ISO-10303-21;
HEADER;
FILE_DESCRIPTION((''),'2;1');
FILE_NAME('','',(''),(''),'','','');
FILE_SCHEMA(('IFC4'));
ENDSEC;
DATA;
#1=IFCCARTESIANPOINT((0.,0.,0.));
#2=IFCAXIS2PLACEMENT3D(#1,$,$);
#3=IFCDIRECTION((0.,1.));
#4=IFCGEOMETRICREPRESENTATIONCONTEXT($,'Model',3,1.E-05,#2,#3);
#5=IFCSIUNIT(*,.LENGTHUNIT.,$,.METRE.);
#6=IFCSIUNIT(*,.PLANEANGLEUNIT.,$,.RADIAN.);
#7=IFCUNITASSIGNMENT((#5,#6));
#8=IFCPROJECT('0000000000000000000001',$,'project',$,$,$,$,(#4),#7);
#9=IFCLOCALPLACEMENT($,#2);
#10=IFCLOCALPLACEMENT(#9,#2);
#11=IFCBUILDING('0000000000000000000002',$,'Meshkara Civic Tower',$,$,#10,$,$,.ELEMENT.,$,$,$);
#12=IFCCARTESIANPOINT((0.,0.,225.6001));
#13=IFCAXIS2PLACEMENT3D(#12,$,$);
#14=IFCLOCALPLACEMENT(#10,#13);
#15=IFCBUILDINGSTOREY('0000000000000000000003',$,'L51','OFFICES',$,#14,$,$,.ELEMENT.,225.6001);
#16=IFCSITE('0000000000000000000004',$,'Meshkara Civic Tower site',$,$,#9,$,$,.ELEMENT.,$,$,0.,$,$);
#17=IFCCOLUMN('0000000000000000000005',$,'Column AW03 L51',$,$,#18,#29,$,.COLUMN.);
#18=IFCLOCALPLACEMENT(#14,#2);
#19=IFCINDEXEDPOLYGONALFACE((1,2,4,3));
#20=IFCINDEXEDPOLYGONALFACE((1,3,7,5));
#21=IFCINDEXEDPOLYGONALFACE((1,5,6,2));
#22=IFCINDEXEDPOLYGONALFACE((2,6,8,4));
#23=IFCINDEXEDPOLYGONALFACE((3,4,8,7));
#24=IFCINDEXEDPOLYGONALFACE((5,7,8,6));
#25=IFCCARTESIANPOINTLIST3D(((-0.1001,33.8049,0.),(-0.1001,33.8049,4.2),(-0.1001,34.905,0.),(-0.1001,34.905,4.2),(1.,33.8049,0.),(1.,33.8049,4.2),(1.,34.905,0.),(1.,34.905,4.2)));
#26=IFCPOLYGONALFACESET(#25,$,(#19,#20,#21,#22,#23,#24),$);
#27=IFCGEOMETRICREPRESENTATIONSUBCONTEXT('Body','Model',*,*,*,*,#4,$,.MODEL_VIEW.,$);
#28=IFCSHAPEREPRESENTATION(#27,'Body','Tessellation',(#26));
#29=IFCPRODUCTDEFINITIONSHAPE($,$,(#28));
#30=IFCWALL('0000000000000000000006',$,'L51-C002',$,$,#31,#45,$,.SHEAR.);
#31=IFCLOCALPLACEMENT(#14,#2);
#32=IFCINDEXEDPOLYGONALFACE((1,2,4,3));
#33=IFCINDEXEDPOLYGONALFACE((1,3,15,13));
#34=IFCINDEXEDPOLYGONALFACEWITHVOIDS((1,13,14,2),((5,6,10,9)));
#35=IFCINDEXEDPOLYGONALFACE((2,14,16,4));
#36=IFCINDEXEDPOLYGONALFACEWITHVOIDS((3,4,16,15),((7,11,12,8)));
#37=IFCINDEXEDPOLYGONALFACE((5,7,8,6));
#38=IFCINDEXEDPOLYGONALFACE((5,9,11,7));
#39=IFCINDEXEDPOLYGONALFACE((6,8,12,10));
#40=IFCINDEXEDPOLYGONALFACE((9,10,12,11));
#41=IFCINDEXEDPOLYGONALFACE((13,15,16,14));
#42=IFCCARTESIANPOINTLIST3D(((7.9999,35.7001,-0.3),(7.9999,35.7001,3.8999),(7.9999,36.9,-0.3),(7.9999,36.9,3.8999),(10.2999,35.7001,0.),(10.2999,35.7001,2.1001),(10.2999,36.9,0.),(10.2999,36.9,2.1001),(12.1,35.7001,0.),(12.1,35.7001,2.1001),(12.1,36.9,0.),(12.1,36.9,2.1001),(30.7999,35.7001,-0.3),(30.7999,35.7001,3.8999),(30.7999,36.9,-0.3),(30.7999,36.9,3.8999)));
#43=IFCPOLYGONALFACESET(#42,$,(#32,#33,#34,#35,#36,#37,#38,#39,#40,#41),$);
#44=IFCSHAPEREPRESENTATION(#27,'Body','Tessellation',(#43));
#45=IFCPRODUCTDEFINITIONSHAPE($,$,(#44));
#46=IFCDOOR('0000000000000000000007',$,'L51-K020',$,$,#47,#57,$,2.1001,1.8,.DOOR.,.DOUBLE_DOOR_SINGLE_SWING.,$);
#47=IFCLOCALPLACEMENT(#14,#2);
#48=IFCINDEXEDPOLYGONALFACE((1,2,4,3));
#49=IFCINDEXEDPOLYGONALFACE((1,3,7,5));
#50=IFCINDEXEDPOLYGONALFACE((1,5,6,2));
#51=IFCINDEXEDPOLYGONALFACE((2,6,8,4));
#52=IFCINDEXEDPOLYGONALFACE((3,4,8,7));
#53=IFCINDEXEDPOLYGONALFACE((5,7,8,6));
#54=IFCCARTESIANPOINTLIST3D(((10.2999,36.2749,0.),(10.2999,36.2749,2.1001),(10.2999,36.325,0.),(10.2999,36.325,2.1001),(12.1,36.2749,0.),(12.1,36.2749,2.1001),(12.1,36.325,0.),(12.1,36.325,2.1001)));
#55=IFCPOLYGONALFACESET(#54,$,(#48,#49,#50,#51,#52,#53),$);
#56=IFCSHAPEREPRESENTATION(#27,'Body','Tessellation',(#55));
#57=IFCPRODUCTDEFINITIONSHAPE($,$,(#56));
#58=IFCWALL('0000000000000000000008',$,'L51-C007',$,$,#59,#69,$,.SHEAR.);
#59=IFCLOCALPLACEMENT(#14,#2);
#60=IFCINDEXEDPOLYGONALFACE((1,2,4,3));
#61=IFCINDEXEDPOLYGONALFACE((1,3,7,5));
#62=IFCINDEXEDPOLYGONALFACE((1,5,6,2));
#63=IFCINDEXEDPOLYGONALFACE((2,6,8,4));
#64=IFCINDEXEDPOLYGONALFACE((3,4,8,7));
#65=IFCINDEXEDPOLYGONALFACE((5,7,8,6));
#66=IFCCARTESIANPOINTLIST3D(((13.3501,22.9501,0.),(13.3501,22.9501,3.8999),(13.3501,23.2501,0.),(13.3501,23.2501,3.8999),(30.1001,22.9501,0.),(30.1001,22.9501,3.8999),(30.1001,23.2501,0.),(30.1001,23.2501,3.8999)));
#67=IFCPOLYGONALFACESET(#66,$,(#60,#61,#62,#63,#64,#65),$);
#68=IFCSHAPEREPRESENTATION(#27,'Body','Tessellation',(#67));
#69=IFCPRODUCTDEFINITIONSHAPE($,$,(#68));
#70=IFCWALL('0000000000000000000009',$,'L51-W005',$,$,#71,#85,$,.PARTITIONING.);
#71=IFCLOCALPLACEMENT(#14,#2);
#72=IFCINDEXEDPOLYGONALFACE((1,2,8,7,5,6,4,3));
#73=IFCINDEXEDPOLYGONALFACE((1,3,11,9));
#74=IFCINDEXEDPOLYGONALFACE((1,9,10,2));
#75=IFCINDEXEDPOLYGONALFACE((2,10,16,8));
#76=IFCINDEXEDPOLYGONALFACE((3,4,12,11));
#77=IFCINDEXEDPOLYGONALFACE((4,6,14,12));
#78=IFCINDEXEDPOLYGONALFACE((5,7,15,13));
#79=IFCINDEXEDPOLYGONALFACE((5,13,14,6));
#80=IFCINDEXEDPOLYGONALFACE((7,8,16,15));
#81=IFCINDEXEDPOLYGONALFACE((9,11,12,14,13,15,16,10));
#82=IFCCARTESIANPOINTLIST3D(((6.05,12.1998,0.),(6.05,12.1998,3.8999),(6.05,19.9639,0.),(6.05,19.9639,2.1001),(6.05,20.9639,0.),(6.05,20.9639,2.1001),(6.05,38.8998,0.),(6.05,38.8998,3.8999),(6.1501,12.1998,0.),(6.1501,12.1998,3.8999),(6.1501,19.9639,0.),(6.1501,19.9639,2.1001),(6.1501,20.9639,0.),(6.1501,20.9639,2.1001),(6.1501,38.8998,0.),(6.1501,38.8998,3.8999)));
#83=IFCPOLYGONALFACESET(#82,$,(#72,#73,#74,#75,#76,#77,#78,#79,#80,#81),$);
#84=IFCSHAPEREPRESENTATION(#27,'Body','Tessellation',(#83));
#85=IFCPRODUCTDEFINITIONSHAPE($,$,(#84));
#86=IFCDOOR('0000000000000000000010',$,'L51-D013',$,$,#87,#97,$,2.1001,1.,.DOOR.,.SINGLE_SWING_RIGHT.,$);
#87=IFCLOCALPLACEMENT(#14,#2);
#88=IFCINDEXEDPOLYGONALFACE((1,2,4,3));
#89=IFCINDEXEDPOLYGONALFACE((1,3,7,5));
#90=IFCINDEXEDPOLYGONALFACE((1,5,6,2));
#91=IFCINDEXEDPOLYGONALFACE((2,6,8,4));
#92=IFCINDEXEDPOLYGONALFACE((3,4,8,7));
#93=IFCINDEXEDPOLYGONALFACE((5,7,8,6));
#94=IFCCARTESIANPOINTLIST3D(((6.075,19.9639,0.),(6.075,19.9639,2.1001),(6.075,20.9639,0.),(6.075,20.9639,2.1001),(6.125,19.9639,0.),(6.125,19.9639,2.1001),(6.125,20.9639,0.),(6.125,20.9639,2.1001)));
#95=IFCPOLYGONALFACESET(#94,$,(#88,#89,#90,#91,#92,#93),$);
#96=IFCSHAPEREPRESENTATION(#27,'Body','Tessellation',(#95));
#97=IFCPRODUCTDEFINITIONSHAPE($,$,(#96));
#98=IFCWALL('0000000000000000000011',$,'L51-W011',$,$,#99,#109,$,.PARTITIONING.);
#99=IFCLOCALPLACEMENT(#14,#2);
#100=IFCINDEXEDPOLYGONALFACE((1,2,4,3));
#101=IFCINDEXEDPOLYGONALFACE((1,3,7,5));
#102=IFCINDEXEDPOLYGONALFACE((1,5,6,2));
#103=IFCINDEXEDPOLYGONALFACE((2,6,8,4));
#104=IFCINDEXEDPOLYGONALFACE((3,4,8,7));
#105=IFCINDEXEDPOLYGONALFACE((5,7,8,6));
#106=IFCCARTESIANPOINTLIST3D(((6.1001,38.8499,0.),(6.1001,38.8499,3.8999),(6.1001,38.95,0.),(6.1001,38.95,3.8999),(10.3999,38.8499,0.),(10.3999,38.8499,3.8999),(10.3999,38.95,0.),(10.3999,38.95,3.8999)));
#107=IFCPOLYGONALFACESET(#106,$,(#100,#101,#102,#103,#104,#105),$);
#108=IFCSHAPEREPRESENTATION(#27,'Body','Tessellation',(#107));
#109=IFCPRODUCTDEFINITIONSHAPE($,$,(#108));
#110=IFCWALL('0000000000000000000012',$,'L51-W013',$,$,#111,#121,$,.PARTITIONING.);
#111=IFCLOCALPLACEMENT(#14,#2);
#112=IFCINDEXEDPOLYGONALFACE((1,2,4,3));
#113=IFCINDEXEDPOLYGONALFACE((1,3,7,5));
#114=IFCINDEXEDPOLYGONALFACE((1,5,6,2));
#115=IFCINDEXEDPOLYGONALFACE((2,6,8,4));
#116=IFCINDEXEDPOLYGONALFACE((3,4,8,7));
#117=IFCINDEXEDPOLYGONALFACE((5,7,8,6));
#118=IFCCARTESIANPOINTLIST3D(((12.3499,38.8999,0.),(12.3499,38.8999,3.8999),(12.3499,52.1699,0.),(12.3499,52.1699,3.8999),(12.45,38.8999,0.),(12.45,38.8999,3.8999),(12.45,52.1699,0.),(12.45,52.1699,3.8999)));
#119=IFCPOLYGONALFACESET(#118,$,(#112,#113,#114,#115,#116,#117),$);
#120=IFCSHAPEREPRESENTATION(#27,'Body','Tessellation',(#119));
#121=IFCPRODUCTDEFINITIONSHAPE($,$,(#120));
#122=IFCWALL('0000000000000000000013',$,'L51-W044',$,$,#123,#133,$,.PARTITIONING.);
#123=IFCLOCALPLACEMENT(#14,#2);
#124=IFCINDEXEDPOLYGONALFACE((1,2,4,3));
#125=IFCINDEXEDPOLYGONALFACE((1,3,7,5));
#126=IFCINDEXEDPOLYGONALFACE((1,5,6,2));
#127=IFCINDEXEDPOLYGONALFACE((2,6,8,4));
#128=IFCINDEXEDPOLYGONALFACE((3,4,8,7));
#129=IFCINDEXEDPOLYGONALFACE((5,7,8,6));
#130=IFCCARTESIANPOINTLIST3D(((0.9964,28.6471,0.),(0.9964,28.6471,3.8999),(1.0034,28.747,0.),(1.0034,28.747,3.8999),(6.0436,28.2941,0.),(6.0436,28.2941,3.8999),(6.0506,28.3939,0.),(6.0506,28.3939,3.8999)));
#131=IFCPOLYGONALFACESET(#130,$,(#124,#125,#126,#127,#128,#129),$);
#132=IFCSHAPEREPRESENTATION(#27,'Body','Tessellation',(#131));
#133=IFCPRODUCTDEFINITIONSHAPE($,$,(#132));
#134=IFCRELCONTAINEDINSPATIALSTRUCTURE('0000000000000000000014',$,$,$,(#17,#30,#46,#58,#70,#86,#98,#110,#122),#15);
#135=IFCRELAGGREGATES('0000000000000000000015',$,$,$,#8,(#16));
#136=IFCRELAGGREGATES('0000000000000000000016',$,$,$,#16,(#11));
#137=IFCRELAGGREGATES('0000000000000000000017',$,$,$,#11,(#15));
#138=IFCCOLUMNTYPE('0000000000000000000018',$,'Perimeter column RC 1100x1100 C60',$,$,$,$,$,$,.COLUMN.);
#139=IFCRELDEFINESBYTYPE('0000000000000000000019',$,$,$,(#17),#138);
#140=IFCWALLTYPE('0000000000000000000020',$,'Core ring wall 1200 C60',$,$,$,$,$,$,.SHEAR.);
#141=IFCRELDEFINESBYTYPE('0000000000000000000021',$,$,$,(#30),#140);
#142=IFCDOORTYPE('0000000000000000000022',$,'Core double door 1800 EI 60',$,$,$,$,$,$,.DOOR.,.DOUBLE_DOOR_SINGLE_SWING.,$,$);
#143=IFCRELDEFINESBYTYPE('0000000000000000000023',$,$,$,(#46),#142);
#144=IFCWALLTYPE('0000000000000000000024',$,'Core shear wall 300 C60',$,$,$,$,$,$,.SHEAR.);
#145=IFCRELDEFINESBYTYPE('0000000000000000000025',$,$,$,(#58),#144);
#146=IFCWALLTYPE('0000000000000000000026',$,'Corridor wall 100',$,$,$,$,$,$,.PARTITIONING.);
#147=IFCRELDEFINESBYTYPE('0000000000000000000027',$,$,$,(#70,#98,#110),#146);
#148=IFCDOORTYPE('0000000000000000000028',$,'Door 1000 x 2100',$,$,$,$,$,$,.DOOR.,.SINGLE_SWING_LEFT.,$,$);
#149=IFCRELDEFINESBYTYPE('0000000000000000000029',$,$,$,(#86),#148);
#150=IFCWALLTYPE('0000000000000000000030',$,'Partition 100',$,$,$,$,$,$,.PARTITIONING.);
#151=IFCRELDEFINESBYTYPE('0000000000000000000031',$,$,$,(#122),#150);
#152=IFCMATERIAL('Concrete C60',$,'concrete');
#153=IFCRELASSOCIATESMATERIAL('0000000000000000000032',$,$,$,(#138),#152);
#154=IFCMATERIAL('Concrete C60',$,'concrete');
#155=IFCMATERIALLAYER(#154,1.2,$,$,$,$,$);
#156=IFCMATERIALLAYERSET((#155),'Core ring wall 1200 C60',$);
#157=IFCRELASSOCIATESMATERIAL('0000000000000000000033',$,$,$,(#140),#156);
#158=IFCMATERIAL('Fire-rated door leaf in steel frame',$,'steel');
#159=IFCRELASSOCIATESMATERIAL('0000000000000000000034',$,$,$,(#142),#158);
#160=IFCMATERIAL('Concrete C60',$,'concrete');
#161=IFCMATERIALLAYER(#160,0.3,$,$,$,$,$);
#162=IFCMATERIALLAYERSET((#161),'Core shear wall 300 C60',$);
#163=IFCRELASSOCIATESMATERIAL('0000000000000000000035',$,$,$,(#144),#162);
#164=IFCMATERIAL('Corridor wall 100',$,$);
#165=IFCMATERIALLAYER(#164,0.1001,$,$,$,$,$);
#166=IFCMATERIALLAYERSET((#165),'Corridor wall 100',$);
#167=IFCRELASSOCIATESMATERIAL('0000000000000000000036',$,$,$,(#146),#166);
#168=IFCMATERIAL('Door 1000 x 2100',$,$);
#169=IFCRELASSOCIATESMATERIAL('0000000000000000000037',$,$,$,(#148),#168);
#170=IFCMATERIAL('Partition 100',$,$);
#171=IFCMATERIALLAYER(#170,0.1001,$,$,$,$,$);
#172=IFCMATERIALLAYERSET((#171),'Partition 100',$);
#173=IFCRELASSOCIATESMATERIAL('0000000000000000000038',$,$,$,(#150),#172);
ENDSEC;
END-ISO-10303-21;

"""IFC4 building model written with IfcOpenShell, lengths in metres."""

from ifc_helpers import new_model, si_unit, direction, frame, frame_2d, origin, origin_2d, place, context, subcontext, project, spatial, rectangle, extrude, material, layer, layer_set, material_profile, profile_set, type_object, element, fill, save


model = new_model("IFC4")

# Units and contexts
model_context = context("Model", 3, precision=1e-05, world=origin(), true_north=direction((0.0, 1.0)))
body_context = subcontext(model_context, "Body", "Model", "MODEL_VIEW")
ifc_project = project(units=[si_unit("LENGTHUNIT", "METRE"), si_unit("PLANEANGLEUNIT", "RADIAN")], contexts=[model_context])

# Site, building, storey
site_placement = place(None, origin())
site = spatial("IfcSite", under=ifc_project, at=site_placement, Name="Meshkara Civic Tower site", CompositionType="ELEMENT", RefElevation=0.0)
building_placement = place(site_placement, origin())
building = spatial("IfcBuilding", under=site, at=building_placement, Name="Meshkara Civic Tower", CompositionType="ELEMENT")
storey_placement = place(building_placement, frame((0.0, 0.0, 225.6001)))
storey = spatial("IfcBuildingStorey", under=building, at=storey_placement, Name="L51", Description="OFFICES", CompositionType="ELEMENT", Elevation=225.6001)

# Column
ifc_material_1 = material(Name="Concrete C60", Category="concrete")
ifc_material_profile = material_profile(ifc_material_1, rectangle(XDim=1.1001, YDim=1.1001, at=origin_2d()))
ifc_profile_set = profile_set([ifc_material_profile], Name="Concrete C60")
column_type = type_object("IfcColumnType", Name="Perimeter column RC 1100x1100 C60", PredefinedType="COLUMN", material=ifc_profile_set)
column_placement = place(storey_placement, frame((0.45, 34.355, 0.0), z_axis=(0.0, 0.0, 1.0), x_axis=(1.0, 0.0, 0.0)))
element("IfcColumn", 1, at=column_placement, inside=storey, type_object=column_type, Name="Column AW03 L51", PredefinedType="COLUMN", context=body_context, shape_type="SweptSolid", body=[
    extrude(rectangle(XDim=1.1001, YDim=1.1001, at=origin_2d()), origin(), (0.0, 0.0, 1.0), 4.2),
])

# Wall, opening, door
ifc_material_2 = material(Name="Concrete C60", Category="concrete")
ifc_layer_1 = layer(ifc_material_2, 1.2)
ifc_layer_set_1 = layer_set([ifc_layer_1], Name="Core ring wall 1200 C60")
wall_type_1 = type_object("IfcWallType", Name="Core ring wall 1200 C60", PredefinedType="SHEAR", material=ifc_layer_set_1)
wall_1_placement = place(storey_placement, frame((8.0, 36.3, -0.3), z_axis=(0.0, 0.0, 1.0), x_axis=(1.0, 0.0, 0.0)))
wall_1 = element("IfcWall", 2, at=wall_1_placement, inside=storey, type_object=wall_type_1, Name="L51-C002", PredefinedType="SHEAR", context=body_context, shape_type="SweptSolid", body=[
    extrude(rectangle(XDim=22.8, YDim=1.2, at=frame_2d((11.3999, 0.0))), origin(), (0.0, 0.0, 1.0), 4.2),
])
opening_1_placement = place(wall_1_placement, frame((2.3, 0.0, 0.3)))
opening_1 = element("IfcOpeningElement", 3, at=opening_1_placement, cuts=wall_1, PredefinedType="OPENING", context=body_context, shape_type="SweptSolid", body=[
    extrude(rectangle(XDim=1.8, YDim=2.1001, at=frame_2d((0.8999, 1.05))), frame((0.0, 0.6099, 0.0), z_axis=(0.0, -1.0, 0.0), x_axis=(1.0, 0.0, 0.0)), (0.0, 0.0, 1.0), 1.22),
])
ifc_material_3 = material(Name="Fire-rated door leaf in steel frame", Category="steel")
door_type_1 = type_object("IfcDoorType", Name="Core double door 1800 EI 60", OperationType="DOUBLE_DOOR_SINGLE_SWING", PredefinedType="DOOR", material=ifc_material_3)
door_1_placement = place(opening_1_placement, origin())
door_1 = element("IfcDoor", 4, at=door_1_placement, inside=storey, type_object=door_type_1, Name="L51-K020", OperationType="DOUBLE_DOOR_SINGLE_SWING", OverallHeight=2.1001, OverallWidth=1.8, PredefinedType="DOOR", context=body_context, shape_type="SweptSolid", body=[
    extrude(rectangle(XDim=1.8, YDim=2.1001, at=frame_2d((0.8999, 1.05))), frame((0.0, 0.0249, 0.0), z_axis=(0.0, -1.0, 0.0), x_axis=(1.0, 0.0, 0.0)), (0.0, 0.0, 1.0), 0.05),
])
fill(opening_1, door_1)

# Wall
ifc_material_4 = material(Name="Concrete C60", Category="concrete")
ifc_layer_2 = layer(ifc_material_4, 0.3)
ifc_layer_set_2 = layer_set([ifc_layer_2], Name="Core shear wall 300 C60")
wall_type_2 = type_object("IfcWallType", Name="Core shear wall 300 C60", PredefinedType="SHEAR", material=ifc_layer_set_2)
wall_2_placement = place(storey_placement, frame((13.3501, 23.1001, 0.0), z_axis=(0.0, 0.0, 1.0), x_axis=(1.0, 0.0, 0.0)))
element("IfcWall", 5, at=wall_2_placement, inside=storey, type_object=wall_type_2, Name="L51-C007", PredefinedType="SHEAR", context=body_context, shape_type="SweptSolid", body=[
    extrude(rectangle(XDim=16.75, YDim=0.3, at=frame_2d((8.375, 0.0))), origin(), (0.0, 0.0, 1.0), 3.8999),
])

# Wall, opening, door
ifc_material_5 = material(Name="Corridor wall 100")
ifc_layer_3 = layer(ifc_material_5, 0.1001)
ifc_layer_set_3 = layer_set([ifc_layer_3], Name="Corridor wall 100")
wall_type_3 = type_object("IfcWallType", Name="Corridor wall 100", PredefinedType="PARTITIONING", material=ifc_layer_set_3)
wall_3_placement = place(storey_placement, frame((6.1001, 38.8999, 0.0), z_axis=(0.0, 0.0, 1.0), x_axis=(0.0, -1.0, 0.0)))
wall_3 = element("IfcWall", 6, at=wall_3_placement, inside=storey, type_object=wall_type_3, Name="L51-W005", PredefinedType="PARTITIONING", context=body_context, shape_type="SweptSolid", body=[
    extrude(rectangle(XDim=26.7, YDim=0.1001, at=frame_2d((13.3501, 0.0))), origin(), (0.0, 0.0, 1.0), 3.8999),
])
opening_2_placement = place(wall_3_placement, frame((17.936, 0.0, 0.0)))
opening_2 = element("IfcOpeningElement", 7, at=opening_2_placement, cuts=wall_3, PredefinedType="OPENING", context=body_context, shape_type="SweptSolid", body=[
    extrude(rectangle(XDim=1.0, YDim=2.1001, at=frame_2d((0.5, 1.05))), frame((0.0, 0.0601, 0.0), z_axis=(0.0, -1.0, 0.0), x_axis=(1.0, 0.0, 0.0)), (0.0, 0.0, 1.0), 0.1201),
])
ifc_material_6 = material(Name="Door 1000 x 2100")
door_type_2 = type_object("IfcDoorType", Name="Door 1000 x 2100", OperationType="SINGLE_SWING_LEFT", PredefinedType="DOOR", material=ifc_material_6)
door_2_placement = place(opening_2_placement, origin())
door_2 = element("IfcDoor", 8, at=door_2_placement, inside=storey, type_object=door_type_2, Name="L51-D013", OperationType="SINGLE_SWING_RIGHT", OverallHeight=2.1001, OverallWidth=1.0, PredefinedType="DOOR", context=body_context, shape_type="SweptSolid", body=[
    extrude(rectangle(XDim=1.0, YDim=2.1001, at=frame_2d((0.5, 1.05))), frame((0.0, 0.0249, 0.0), z_axis=(0.0, -1.0, 0.0), x_axis=(1.0, 0.0, 0.0)), (0.0, 0.0, 1.0), 0.05),
])
fill(opening_2, door_2)

# Walls
wall_4_placement = place(storey_placement, frame((10.3999, 38.8999, 0.0), z_axis=(0.0, 0.0, 1.0), x_axis=(-1.0, 0.0, 0.0)))
element("IfcWall", 9, at=wall_4_placement, inside=storey, type_object=wall_type_3, Name="L51-W011", PredefinedType="PARTITIONING", context=body_context, shape_type="SweptSolid", body=[
    extrude(rectangle(XDim=4.2998, YDim=0.1001, at=frame_2d((2.1499, 0.0))), origin(), (0.0, 0.0, 1.0), 3.8999),
])
wall_5_placement = place(storey_placement, frame((12.3999, 38.8999, 0.0), z_axis=(0.0, 0.0, 1.0), x_axis=(0.0, 1.0, 0.0)))
element("IfcWall", 10, at=wall_5_placement, inside=storey, type_object=wall_type_3, Name="L51-W013", PredefinedType="PARTITIONING", context=body_context, shape_type="SweptSolid", body=[
    extrude(rectangle(XDim=13.27, YDim=0.1001, at=frame_2d((6.635, 0.0))), origin(), (0.0, 0.0, 1.0), 3.8999),
])
ifc_material_7 = material(Name="Partition 100")
ifc_layer_4 = layer(ifc_material_7, 0.1001)
ifc_layer_set_4 = layer_set([ifc_layer_4], Name="Partition 100")
wall_type_4 = type_object("IfcWallType", Name="Partition 100", PredefinedType="PARTITIONING", material=ifc_layer_set_4)
wall_6_placement = place(storey_placement, frame((6.0471, 28.344, 0.0), z_axis=(0.0, 0.0, 1.0), x_axis=(-0.997563, 0.069776, 0.0)))
element("IfcWall", 11, at=wall_6_placement, inside=storey, type_object=wall_type_4, Name="L51-W044", PredefinedType="PARTITIONING", context=body_context, shape_type="SweptSolid", body=[
    extrude(rectangle(XDim=5.0596, YDim=0.1001, at=frame_2d((2.5298, 0.0))), origin(), (0.0, 0.0, 1.0), 3.8999),
])

save(model, "model.ifc")
